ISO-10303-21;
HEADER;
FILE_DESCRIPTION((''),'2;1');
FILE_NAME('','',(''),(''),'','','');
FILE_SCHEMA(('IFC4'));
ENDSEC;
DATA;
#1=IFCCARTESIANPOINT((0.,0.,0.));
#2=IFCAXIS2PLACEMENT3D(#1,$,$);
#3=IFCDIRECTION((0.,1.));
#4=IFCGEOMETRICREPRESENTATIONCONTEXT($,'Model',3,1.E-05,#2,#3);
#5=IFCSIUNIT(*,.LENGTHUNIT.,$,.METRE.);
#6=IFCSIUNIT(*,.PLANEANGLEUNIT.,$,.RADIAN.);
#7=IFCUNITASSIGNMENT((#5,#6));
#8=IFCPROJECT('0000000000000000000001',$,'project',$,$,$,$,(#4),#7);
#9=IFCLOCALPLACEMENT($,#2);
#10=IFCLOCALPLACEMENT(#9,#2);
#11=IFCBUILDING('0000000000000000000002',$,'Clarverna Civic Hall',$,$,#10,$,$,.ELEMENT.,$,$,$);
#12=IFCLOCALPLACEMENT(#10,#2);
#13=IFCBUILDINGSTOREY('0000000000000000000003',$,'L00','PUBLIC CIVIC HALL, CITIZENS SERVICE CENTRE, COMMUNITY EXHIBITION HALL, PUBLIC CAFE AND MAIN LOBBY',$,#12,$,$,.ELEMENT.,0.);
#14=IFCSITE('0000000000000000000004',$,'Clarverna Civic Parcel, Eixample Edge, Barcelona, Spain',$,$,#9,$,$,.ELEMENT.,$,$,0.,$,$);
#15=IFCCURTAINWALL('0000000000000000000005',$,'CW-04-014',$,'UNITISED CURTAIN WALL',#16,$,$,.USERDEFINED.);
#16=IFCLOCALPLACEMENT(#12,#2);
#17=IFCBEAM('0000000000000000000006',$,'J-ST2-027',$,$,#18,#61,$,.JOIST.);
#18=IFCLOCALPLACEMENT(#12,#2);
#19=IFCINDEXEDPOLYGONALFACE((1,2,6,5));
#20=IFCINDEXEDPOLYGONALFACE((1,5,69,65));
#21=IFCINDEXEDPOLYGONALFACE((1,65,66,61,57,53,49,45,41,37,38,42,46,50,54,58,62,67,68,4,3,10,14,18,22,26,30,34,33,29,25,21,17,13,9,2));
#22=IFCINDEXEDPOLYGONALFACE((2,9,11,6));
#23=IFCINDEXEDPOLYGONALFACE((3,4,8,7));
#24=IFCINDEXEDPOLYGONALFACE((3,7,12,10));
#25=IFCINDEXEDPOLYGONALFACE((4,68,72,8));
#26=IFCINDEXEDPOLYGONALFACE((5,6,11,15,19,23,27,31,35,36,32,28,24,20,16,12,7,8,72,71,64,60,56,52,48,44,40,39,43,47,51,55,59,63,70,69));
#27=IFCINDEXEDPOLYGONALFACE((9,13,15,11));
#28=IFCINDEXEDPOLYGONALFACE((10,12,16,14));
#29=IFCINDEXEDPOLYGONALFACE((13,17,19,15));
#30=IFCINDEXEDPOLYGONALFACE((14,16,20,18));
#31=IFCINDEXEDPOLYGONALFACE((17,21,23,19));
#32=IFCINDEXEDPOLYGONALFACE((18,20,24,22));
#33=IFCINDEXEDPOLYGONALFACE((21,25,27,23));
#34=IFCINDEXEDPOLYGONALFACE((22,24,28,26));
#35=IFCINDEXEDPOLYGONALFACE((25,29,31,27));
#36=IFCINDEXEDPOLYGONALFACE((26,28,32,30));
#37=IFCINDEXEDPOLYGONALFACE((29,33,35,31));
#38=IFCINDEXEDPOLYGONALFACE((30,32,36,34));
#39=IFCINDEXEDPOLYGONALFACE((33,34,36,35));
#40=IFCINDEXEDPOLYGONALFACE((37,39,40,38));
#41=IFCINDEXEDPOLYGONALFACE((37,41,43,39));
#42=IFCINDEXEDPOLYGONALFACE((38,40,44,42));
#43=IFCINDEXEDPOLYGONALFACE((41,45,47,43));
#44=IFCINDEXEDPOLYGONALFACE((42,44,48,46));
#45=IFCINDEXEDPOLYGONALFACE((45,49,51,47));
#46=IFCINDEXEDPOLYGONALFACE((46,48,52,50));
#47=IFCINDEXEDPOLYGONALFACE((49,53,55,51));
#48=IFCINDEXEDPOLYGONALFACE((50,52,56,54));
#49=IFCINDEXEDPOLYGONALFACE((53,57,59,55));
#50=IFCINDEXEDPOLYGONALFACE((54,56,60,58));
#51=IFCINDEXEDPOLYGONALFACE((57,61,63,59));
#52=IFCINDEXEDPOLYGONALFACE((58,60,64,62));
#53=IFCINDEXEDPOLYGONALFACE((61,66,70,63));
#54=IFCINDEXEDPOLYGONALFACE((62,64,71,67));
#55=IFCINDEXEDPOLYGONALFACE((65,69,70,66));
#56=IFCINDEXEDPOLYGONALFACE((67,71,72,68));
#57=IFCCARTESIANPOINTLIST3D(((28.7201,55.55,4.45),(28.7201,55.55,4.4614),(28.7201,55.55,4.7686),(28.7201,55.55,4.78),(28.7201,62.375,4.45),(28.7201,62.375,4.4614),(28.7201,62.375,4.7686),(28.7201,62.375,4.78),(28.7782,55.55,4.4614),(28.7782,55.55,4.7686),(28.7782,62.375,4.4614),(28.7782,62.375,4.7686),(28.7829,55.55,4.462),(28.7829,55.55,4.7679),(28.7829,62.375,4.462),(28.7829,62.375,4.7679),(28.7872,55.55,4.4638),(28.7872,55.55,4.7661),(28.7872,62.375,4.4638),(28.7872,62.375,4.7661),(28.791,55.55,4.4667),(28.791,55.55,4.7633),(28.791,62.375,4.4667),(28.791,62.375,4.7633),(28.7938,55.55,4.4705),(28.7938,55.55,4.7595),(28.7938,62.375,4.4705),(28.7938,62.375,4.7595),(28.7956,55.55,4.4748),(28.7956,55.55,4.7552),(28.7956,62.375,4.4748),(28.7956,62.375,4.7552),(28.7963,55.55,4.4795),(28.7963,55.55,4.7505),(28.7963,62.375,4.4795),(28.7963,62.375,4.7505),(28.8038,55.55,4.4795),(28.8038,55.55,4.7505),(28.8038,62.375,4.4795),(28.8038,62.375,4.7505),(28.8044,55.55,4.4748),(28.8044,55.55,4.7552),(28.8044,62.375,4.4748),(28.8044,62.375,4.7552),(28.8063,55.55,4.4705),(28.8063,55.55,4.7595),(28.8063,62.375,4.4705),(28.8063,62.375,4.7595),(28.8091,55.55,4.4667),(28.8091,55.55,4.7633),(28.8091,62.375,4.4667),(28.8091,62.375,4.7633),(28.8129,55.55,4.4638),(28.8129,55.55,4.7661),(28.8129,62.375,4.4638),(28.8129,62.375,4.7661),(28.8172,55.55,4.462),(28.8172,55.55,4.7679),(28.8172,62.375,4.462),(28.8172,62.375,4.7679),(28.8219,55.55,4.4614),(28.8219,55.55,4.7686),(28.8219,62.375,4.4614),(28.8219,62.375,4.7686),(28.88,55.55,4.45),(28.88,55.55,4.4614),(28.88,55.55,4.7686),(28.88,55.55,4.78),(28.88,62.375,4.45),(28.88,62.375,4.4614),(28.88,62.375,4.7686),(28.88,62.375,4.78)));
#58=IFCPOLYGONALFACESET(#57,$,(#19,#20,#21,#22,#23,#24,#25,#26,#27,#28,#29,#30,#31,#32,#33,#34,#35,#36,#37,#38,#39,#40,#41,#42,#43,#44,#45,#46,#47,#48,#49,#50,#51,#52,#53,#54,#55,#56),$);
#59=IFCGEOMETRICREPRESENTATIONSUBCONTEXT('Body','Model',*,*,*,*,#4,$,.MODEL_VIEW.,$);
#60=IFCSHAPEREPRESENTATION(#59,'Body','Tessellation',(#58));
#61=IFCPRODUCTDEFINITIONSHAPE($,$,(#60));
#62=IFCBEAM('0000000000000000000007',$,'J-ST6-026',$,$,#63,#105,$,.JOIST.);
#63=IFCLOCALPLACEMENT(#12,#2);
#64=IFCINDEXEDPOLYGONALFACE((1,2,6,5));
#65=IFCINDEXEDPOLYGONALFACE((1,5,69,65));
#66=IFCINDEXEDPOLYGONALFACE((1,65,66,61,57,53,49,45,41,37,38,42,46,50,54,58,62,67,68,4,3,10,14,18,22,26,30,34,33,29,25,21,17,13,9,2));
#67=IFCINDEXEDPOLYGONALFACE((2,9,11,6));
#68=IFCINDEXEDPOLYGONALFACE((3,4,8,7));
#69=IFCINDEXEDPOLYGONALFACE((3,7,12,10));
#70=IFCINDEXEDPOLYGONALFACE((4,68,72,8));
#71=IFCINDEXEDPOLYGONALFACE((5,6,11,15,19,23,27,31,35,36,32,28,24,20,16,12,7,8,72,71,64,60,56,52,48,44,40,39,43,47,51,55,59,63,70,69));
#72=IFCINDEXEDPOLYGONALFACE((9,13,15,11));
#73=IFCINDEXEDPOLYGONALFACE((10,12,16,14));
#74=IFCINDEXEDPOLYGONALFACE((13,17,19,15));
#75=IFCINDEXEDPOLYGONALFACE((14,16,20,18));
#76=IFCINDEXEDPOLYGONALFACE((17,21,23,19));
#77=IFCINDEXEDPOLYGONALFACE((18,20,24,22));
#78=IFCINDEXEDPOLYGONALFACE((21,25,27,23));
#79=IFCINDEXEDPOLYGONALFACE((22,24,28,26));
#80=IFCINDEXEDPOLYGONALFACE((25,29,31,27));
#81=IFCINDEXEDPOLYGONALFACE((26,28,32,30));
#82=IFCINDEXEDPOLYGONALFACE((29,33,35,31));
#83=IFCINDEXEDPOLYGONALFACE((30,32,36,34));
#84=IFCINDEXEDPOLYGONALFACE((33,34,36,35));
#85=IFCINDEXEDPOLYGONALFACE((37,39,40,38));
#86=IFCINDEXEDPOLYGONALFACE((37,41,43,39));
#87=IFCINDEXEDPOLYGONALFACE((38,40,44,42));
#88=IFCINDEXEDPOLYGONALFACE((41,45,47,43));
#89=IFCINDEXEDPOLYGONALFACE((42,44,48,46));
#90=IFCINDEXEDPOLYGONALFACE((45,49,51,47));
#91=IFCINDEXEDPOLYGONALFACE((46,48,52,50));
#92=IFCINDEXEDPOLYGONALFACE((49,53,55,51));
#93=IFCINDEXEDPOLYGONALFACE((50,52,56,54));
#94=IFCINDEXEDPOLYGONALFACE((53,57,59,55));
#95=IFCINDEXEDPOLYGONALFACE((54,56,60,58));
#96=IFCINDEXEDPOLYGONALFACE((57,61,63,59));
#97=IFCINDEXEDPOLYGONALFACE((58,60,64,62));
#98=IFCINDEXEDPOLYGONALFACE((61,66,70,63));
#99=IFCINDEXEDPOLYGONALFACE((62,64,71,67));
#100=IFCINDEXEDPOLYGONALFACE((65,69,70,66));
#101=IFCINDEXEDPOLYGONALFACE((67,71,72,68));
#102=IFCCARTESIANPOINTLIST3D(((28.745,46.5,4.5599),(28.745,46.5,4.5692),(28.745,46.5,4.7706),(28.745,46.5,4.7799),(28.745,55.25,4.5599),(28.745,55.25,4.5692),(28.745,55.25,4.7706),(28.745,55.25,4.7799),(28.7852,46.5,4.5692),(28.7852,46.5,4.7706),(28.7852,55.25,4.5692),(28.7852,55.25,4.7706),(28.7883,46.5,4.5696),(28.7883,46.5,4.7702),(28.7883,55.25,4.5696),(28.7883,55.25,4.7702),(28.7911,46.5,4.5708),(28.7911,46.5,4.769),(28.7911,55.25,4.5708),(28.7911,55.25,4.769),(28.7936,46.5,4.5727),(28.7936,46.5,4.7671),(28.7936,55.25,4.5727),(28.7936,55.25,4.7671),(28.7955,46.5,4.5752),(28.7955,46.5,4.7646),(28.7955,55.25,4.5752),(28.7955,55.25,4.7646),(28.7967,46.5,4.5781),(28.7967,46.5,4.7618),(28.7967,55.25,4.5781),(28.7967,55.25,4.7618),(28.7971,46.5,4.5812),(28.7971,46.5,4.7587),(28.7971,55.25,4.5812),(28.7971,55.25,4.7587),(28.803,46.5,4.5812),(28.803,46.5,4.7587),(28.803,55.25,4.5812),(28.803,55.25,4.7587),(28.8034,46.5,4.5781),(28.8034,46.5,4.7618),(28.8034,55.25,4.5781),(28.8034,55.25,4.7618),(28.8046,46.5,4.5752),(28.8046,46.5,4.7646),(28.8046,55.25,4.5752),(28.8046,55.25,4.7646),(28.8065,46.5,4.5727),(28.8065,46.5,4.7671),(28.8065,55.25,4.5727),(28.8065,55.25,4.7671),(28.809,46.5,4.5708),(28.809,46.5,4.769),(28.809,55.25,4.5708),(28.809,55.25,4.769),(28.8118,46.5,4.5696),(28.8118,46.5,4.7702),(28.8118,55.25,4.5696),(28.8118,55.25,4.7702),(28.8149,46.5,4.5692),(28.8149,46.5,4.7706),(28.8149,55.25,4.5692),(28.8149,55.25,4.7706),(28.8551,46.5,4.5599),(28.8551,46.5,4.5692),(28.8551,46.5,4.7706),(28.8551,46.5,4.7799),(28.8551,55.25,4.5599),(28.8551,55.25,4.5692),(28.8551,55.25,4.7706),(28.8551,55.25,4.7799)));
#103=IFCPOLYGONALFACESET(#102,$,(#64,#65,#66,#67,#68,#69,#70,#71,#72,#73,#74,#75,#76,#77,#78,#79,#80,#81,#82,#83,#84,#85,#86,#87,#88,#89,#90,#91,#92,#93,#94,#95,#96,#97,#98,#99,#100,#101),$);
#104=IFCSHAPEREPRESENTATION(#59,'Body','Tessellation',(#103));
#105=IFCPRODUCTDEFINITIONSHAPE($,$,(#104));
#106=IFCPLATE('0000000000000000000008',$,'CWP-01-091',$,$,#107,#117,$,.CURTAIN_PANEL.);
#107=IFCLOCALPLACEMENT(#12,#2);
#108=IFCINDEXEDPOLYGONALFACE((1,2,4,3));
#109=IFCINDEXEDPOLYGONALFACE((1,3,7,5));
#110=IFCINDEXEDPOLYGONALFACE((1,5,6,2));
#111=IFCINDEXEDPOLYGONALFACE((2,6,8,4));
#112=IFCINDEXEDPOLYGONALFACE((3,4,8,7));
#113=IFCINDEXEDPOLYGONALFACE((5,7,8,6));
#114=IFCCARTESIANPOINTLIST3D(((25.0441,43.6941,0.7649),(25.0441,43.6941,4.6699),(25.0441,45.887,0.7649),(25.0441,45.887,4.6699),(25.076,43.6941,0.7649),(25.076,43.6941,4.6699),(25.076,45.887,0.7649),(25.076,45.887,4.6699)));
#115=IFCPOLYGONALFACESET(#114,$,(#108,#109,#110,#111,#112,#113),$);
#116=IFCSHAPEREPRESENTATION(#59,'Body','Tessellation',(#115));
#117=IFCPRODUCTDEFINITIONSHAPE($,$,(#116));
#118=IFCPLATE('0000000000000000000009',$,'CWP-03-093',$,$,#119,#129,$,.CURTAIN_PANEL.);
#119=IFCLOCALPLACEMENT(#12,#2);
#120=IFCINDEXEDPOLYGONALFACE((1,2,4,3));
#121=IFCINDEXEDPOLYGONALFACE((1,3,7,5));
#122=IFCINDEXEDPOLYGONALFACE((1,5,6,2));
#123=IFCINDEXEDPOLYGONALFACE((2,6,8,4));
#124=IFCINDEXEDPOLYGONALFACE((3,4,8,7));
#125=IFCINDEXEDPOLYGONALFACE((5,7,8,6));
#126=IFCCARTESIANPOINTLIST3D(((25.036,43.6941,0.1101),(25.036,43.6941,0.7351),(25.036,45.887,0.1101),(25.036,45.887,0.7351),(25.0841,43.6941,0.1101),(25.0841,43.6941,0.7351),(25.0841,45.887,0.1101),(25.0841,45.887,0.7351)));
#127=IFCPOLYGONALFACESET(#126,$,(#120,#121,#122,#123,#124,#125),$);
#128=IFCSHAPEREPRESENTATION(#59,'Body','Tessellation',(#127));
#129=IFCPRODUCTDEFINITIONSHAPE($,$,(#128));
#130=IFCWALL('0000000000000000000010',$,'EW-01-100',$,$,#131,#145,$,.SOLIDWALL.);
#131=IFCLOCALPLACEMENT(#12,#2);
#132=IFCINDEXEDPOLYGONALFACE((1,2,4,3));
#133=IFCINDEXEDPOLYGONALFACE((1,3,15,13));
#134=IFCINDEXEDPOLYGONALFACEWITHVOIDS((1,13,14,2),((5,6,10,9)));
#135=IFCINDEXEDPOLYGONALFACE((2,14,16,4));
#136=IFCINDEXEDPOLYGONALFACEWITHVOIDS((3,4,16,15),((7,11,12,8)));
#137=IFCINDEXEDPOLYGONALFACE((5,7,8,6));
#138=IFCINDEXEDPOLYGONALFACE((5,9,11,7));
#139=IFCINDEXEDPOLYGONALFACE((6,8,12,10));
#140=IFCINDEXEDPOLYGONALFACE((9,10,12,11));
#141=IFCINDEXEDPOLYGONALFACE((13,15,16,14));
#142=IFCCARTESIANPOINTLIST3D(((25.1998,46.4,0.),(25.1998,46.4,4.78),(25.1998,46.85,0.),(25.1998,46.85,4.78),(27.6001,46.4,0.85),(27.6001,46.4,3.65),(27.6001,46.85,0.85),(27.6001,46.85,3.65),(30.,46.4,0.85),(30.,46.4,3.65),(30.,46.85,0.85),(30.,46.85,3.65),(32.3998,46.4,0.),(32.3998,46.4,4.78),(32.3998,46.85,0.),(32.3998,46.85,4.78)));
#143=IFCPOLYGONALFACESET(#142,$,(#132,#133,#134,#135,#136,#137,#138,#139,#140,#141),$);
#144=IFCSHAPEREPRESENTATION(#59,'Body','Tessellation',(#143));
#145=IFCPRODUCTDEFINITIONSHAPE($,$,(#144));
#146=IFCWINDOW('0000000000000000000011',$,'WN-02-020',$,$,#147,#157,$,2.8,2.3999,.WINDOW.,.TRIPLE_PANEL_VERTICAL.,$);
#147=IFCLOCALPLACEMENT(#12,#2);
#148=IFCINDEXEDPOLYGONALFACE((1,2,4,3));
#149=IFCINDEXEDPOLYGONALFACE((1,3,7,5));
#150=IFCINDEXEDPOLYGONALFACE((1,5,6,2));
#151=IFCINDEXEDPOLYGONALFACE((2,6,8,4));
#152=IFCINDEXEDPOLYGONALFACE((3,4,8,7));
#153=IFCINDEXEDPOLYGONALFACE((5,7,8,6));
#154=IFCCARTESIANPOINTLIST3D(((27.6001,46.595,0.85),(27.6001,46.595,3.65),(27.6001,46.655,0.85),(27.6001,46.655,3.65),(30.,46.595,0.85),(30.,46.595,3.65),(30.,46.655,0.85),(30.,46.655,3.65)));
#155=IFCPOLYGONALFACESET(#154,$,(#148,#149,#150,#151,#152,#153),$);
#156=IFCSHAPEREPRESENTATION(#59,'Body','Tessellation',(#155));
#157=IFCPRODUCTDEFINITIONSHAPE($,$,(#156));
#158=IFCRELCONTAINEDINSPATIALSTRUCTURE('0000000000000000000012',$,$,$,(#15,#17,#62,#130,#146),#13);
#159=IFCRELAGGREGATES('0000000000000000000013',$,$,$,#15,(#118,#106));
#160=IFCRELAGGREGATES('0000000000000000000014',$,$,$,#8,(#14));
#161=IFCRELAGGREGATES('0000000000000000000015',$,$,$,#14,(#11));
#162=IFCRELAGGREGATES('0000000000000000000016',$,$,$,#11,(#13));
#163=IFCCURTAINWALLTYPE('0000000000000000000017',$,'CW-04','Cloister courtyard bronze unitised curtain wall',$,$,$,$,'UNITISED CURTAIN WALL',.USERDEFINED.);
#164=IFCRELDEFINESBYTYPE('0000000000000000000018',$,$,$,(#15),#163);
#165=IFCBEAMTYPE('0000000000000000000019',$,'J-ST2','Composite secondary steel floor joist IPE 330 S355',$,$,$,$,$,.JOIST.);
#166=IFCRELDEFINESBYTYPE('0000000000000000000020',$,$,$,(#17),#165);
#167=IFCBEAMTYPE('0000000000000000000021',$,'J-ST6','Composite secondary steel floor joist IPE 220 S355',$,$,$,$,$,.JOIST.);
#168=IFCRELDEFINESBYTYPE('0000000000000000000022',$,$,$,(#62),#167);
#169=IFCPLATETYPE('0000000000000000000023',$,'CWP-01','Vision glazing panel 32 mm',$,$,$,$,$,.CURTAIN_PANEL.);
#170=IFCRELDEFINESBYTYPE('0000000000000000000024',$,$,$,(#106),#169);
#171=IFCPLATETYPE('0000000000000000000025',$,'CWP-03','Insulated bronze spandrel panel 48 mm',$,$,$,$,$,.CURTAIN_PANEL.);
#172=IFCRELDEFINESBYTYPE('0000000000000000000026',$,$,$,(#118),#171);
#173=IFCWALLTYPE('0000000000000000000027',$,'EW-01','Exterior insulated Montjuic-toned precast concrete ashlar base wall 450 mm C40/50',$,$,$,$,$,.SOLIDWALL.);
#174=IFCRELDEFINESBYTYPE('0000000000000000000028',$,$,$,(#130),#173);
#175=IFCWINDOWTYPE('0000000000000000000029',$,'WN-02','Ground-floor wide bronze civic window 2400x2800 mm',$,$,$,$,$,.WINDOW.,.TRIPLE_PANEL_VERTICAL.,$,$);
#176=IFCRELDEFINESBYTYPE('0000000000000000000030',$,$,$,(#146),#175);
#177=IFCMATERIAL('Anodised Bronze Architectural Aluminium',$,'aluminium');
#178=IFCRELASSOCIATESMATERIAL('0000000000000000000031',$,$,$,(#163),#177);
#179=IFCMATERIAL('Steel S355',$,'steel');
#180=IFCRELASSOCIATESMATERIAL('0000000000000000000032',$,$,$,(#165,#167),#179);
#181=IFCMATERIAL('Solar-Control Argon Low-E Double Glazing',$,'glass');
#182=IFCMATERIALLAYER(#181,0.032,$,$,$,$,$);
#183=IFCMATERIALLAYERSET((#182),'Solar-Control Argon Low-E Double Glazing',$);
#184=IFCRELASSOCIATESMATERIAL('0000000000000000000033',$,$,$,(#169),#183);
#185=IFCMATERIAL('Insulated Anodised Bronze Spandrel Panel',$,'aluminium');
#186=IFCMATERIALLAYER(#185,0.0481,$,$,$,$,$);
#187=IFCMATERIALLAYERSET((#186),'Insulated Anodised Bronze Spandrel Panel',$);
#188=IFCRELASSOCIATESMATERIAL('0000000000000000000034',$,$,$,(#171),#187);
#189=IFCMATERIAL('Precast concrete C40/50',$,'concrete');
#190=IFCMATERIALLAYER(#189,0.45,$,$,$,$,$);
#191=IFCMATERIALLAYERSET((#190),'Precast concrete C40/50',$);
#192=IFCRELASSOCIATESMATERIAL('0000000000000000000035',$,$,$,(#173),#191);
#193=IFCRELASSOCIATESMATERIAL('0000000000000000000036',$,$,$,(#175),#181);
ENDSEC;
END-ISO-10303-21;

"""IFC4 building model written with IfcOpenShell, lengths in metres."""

from ifc_helpers import new_model, si_unit, direction, frame, frame_2d, origin, origin_2d, place, context, subcontext, project, spatial, rectangle, i_section, extrude, material, layer, layer_set, material_profile, profile_set, type_object, element, fill, aggregate, save


model = new_model("IFC4")

# Units and contexts
model_context = context("Model", 3, precision=1e-05, world=origin(), true_north=direction((0.0, 1.0)))
body_context = subcontext(model_context, "Body", "Model", "MODEL_VIEW")
ifc_project = project(units=[si_unit("LENGTHUNIT", "METRE"), si_unit("PLANEANGLEUNIT", "RADIAN")], contexts=[model_context])

# Site, building, storey
site_placement = place(None, origin())
site = spatial("IfcSite", under=ifc_project, at=site_placement, Name="Clarverna Civic Parcel, Eixample Edge, Barcelona, Spain", CompositionType="ELEMENT", RefElevation=0.0)
building_placement = place(site_placement, origin())
building = spatial("IfcBuilding", under=site, at=building_placement, Name="Clarverna Civic Hall", CompositionType="ELEMENT")
storey_placement = place(building_placement, origin())
storey = spatial("IfcBuildingStorey", under=building, at=storey_placement, Name="L00", Description="PUBLIC CIVIC HALL, CITIZENS SERVICE CENTRE, COMMUNITY EXHIBITION HALL, PUBLIC CAFE AND MAIN LOBBY", CompositionType="ELEMENT", Elevation=0.0)

# Shared definitions
ifc_material_1 = material(Name="Steel S355", Category="steel")

# Curtain wall
ifc_material_2 = material(Name="Anodised Bronze Architectural Aluminium", Category="aluminium")
curtain_wall_type = type_object("IfcCurtainWallType", Name="CW-04", Description="Cloister courtyard bronze unitised curtain wall", ElementType="UNITISED CURTAIN WALL", PredefinedType="USERDEFINED", material=ifc_material_2)
curtain_wall_placement = place(storey_placement, origin())
curtain_wall = element("IfcCurtainWall", 1, at=curtain_wall_placement, inside=storey, type_object=curtain_wall_type, Name="CW-04-014", ObjectType="UNITISED CURTAIN WALL", PredefinedType="USERDEFINED")

# Beams
ifc_material_profile_1 = material_profile(ifc_material_1, i_section(OverallWidth=0.1599, OverallDepth=0.3301, WebThickness=0.0076, FlangeThickness=0.0115, FilletRadius=0.0181, at=origin_2d()), Name="IPE 330")
ifc_profile_set_1 = profile_set([ifc_material_profile_1], Name="Steel S355")
beam_type_1 = type_object("IfcBeamType", Name="J-ST2", Description="Composite secondary steel floor joist IPE 330 S355", PredefinedType="JOIST", material=ifc_profile_set_1)
beam_1_placement = place(storey_placement, frame((28.8, 55.55, 4.615), z_axis=(0.0, 1.0, 0.0), x_axis=(-1.0, 0.0, 0.0)))
element("IfcBeam", 2, at=beam_1_placement, inside=storey, type_object=beam_type_1, Name="J-ST2-027", PredefinedType="JOIST", context=body_context, shape_type="SweptSolid", body=[
    extrude(i_section(OverallWidth=0.1599, OverallDepth=0.3301, WebThickness=0.0076, FlangeThickness=0.0115, FilletRadius=0.0181, at=origin_2d()), origin(), (0.0, 0.0, 1.0), 6.825),
])
ifc_material_profile_2 = material_profile(ifc_material_1, i_section(OverallWidth=0.1101, OverallDepth=0.22, WebThickness=0.0059, FlangeThickness=0.0093, FilletRadius=0.012, at=origin_2d()), Name="IPE 220")
ifc_profile_set_2 = profile_set([ifc_material_profile_2], Name="Steel S355")
beam_type_2 = type_object("IfcBeamType", Name="J-ST6", Description="Composite secondary steel floor joist IPE 220 S355", PredefinedType="JOIST", material=ifc_profile_set_2)
beam_2_placement = place(storey_placement, frame((28.8, 46.5, 4.6699), z_axis=(0.0, 1.0, 0.0), x_axis=(-1.0, 0.0, 0.0)))
element("IfcBeam", 3, at=beam_2_placement, inside=storey, type_object=beam_type_2, Name="J-ST6-026", PredefinedType="JOIST", context=body_context, shape_type="SweptSolid", body=[
    extrude(i_section(OverallWidth=0.1101, OverallDepth=0.22, WebThickness=0.0059, FlangeThickness=0.0093, FilletRadius=0.012, at=origin_2d()), origin(), (0.0, 0.0, 1.0), 8.75),
])

# Plates
ifc_material_3 = material(Name="Solar-Control Argon Low-E Double Glazing", Category="glass")
ifc_layer_1 = layer(ifc_material_3, 0.032)
ifc_layer_set_1 = layer_set([ifc_layer_1], Name="Solar-Control Argon Low-E Double Glazing")
plate_type_1 = type_object("IfcPlateType", Name="CWP-01", Description="Vision glazing panel 32 mm", PredefinedType="CURTAIN_PANEL", material=ifc_layer_set_1)
plate_1_placement = place(storey_placement, frame((25.0601, 45.887, 0.7649), z_axis=(0.0, 0.0, 1.0), x_axis=(0.0, -1.0, 0.0)))
plate_1 = element("IfcPlate", 4, at=plate_1_placement, type_object=plate_type_1, Name="CWP-01-091", PredefinedType="CURTAIN_PANEL", context=body_context, shape_type="SweptSolid", body=[
    extrude(rectangle(XDim=2.1929, YDim=0.032, at=frame_2d((1.0964, 0.0))), origin(), (0.0, 0.0, 1.0), 3.905),
])
ifc_material_4 = material(Name="Insulated Anodised Bronze Spandrel Panel", Category="aluminium")
ifc_layer_2 = layer(ifc_material_4, 0.0481)
ifc_layer_set_2 = layer_set([ifc_layer_2], Name="Insulated Anodised Bronze Spandrel Panel")
plate_type_2 = type_object("IfcPlateType", Name="CWP-03", Description="Insulated bronze spandrel panel 48 mm", PredefinedType="CURTAIN_PANEL", material=ifc_layer_set_2)
plate_2_placement = place(storey_placement, frame((25.0601, 45.887, 0.1101), z_axis=(0.0, 0.0, 1.0), x_axis=(0.0, -1.0, 0.0)))
plate_2 = element("IfcPlate", 5, at=plate_2_placement, type_object=plate_type_2, Name="CWP-03-093", PredefinedType="CURTAIN_PANEL", context=body_context, shape_type="SweptSolid", body=[
    extrude(rectangle(XDim=2.1929, YDim=0.0481, at=frame_2d((1.0964, 0.0))), origin(), (0.0, 0.0, 1.0), 0.625),
])
aggregate(curtain_wall, [plate_2, plate_1])

# Wall, opening, window
ifc_material_5 = material(Name="Precast concrete C40/50", Category="concrete")
ifc_layer_3 = layer(ifc_material_5, 0.45)
ifc_layer_set_3 = layer_set([ifc_layer_3], Name="Precast concrete C40/50")
wall_type = type_object("IfcWallType", Name="EW-01", Description="Exterior insulated Montjuic-toned precast concrete ashlar base wall 450 mm C40/50", PredefinedType="SOLIDWALL", material=ifc_layer_set_3)
wall_placement = place(storey_placement, frame((32.3999, 46.625, 0.0), z_axis=(0.0, 0.0, 1.0), x_axis=(-1.0, 0.0, 0.0)))
wall = element("IfcWall", 6, at=wall_placement, inside=storey, type_object=wall_type, Name="EW-01-100", PredefinedType="SOLIDWALL", context=body_context, shape_type="SweptSolid", body=[
    extrude(rectangle(XDim=7.2, YDim=0.45, at=frame_2d((3.6001, 0.0))), origin(), (0.0, 0.0, 1.0), 4.78),
])
opening_placement = place(wall_placement, frame((2.3999, 0.0, 0.8501)))
opening = element("IfcOpeningElement", 7, at=opening_placement, cuts=wall, PredefinedType="OPENING", context=body_context, shape_type="SweptSolid", body=[
    extrude(rectangle(XDim=2.3999, YDim=2.8, at=frame_2d((1.2, 1.3999))), frame((0.0, 0.2349, 0.0), z_axis=(0.0, -1.0, 0.0), x_axis=(1.0, 0.0, 0.0)), (0.0, 0.0, 1.0), 0.47),
])
window_type = type_object("IfcWindowType", Name="WN-02", Description="Ground-floor wide bronze civic window 2400x2800 mm", PartitioningType="TRIPLE_PANEL_VERTICAL", PredefinedType="WINDOW", material=ifc_material_3)
window_placement = place(opening_placement, origin())
window = element("IfcWindow", 8, at=window_placement, inside=storey, type_object=window_type, Name="WN-02-020", OverallHeight=2.8, OverallWidth=2.3999, PartitioningType="TRIPLE_PANEL_VERTICAL", PredefinedType="WINDOW", context=body_context, shape_type="SweptSolid", body=[
    extrude(rectangle(XDim=2.3999, YDim=2.8, at=frame_2d((1.2, 1.3999))), frame((0.0, 0.03, 0.0), z_axis=(0.0, -1.0, 0.0), x_axis=(1.0, 0.0, 0.0)), (0.0, 0.0, 1.0), 0.0601),
])
fill(opening, window)

save(model, "model.ifc")
